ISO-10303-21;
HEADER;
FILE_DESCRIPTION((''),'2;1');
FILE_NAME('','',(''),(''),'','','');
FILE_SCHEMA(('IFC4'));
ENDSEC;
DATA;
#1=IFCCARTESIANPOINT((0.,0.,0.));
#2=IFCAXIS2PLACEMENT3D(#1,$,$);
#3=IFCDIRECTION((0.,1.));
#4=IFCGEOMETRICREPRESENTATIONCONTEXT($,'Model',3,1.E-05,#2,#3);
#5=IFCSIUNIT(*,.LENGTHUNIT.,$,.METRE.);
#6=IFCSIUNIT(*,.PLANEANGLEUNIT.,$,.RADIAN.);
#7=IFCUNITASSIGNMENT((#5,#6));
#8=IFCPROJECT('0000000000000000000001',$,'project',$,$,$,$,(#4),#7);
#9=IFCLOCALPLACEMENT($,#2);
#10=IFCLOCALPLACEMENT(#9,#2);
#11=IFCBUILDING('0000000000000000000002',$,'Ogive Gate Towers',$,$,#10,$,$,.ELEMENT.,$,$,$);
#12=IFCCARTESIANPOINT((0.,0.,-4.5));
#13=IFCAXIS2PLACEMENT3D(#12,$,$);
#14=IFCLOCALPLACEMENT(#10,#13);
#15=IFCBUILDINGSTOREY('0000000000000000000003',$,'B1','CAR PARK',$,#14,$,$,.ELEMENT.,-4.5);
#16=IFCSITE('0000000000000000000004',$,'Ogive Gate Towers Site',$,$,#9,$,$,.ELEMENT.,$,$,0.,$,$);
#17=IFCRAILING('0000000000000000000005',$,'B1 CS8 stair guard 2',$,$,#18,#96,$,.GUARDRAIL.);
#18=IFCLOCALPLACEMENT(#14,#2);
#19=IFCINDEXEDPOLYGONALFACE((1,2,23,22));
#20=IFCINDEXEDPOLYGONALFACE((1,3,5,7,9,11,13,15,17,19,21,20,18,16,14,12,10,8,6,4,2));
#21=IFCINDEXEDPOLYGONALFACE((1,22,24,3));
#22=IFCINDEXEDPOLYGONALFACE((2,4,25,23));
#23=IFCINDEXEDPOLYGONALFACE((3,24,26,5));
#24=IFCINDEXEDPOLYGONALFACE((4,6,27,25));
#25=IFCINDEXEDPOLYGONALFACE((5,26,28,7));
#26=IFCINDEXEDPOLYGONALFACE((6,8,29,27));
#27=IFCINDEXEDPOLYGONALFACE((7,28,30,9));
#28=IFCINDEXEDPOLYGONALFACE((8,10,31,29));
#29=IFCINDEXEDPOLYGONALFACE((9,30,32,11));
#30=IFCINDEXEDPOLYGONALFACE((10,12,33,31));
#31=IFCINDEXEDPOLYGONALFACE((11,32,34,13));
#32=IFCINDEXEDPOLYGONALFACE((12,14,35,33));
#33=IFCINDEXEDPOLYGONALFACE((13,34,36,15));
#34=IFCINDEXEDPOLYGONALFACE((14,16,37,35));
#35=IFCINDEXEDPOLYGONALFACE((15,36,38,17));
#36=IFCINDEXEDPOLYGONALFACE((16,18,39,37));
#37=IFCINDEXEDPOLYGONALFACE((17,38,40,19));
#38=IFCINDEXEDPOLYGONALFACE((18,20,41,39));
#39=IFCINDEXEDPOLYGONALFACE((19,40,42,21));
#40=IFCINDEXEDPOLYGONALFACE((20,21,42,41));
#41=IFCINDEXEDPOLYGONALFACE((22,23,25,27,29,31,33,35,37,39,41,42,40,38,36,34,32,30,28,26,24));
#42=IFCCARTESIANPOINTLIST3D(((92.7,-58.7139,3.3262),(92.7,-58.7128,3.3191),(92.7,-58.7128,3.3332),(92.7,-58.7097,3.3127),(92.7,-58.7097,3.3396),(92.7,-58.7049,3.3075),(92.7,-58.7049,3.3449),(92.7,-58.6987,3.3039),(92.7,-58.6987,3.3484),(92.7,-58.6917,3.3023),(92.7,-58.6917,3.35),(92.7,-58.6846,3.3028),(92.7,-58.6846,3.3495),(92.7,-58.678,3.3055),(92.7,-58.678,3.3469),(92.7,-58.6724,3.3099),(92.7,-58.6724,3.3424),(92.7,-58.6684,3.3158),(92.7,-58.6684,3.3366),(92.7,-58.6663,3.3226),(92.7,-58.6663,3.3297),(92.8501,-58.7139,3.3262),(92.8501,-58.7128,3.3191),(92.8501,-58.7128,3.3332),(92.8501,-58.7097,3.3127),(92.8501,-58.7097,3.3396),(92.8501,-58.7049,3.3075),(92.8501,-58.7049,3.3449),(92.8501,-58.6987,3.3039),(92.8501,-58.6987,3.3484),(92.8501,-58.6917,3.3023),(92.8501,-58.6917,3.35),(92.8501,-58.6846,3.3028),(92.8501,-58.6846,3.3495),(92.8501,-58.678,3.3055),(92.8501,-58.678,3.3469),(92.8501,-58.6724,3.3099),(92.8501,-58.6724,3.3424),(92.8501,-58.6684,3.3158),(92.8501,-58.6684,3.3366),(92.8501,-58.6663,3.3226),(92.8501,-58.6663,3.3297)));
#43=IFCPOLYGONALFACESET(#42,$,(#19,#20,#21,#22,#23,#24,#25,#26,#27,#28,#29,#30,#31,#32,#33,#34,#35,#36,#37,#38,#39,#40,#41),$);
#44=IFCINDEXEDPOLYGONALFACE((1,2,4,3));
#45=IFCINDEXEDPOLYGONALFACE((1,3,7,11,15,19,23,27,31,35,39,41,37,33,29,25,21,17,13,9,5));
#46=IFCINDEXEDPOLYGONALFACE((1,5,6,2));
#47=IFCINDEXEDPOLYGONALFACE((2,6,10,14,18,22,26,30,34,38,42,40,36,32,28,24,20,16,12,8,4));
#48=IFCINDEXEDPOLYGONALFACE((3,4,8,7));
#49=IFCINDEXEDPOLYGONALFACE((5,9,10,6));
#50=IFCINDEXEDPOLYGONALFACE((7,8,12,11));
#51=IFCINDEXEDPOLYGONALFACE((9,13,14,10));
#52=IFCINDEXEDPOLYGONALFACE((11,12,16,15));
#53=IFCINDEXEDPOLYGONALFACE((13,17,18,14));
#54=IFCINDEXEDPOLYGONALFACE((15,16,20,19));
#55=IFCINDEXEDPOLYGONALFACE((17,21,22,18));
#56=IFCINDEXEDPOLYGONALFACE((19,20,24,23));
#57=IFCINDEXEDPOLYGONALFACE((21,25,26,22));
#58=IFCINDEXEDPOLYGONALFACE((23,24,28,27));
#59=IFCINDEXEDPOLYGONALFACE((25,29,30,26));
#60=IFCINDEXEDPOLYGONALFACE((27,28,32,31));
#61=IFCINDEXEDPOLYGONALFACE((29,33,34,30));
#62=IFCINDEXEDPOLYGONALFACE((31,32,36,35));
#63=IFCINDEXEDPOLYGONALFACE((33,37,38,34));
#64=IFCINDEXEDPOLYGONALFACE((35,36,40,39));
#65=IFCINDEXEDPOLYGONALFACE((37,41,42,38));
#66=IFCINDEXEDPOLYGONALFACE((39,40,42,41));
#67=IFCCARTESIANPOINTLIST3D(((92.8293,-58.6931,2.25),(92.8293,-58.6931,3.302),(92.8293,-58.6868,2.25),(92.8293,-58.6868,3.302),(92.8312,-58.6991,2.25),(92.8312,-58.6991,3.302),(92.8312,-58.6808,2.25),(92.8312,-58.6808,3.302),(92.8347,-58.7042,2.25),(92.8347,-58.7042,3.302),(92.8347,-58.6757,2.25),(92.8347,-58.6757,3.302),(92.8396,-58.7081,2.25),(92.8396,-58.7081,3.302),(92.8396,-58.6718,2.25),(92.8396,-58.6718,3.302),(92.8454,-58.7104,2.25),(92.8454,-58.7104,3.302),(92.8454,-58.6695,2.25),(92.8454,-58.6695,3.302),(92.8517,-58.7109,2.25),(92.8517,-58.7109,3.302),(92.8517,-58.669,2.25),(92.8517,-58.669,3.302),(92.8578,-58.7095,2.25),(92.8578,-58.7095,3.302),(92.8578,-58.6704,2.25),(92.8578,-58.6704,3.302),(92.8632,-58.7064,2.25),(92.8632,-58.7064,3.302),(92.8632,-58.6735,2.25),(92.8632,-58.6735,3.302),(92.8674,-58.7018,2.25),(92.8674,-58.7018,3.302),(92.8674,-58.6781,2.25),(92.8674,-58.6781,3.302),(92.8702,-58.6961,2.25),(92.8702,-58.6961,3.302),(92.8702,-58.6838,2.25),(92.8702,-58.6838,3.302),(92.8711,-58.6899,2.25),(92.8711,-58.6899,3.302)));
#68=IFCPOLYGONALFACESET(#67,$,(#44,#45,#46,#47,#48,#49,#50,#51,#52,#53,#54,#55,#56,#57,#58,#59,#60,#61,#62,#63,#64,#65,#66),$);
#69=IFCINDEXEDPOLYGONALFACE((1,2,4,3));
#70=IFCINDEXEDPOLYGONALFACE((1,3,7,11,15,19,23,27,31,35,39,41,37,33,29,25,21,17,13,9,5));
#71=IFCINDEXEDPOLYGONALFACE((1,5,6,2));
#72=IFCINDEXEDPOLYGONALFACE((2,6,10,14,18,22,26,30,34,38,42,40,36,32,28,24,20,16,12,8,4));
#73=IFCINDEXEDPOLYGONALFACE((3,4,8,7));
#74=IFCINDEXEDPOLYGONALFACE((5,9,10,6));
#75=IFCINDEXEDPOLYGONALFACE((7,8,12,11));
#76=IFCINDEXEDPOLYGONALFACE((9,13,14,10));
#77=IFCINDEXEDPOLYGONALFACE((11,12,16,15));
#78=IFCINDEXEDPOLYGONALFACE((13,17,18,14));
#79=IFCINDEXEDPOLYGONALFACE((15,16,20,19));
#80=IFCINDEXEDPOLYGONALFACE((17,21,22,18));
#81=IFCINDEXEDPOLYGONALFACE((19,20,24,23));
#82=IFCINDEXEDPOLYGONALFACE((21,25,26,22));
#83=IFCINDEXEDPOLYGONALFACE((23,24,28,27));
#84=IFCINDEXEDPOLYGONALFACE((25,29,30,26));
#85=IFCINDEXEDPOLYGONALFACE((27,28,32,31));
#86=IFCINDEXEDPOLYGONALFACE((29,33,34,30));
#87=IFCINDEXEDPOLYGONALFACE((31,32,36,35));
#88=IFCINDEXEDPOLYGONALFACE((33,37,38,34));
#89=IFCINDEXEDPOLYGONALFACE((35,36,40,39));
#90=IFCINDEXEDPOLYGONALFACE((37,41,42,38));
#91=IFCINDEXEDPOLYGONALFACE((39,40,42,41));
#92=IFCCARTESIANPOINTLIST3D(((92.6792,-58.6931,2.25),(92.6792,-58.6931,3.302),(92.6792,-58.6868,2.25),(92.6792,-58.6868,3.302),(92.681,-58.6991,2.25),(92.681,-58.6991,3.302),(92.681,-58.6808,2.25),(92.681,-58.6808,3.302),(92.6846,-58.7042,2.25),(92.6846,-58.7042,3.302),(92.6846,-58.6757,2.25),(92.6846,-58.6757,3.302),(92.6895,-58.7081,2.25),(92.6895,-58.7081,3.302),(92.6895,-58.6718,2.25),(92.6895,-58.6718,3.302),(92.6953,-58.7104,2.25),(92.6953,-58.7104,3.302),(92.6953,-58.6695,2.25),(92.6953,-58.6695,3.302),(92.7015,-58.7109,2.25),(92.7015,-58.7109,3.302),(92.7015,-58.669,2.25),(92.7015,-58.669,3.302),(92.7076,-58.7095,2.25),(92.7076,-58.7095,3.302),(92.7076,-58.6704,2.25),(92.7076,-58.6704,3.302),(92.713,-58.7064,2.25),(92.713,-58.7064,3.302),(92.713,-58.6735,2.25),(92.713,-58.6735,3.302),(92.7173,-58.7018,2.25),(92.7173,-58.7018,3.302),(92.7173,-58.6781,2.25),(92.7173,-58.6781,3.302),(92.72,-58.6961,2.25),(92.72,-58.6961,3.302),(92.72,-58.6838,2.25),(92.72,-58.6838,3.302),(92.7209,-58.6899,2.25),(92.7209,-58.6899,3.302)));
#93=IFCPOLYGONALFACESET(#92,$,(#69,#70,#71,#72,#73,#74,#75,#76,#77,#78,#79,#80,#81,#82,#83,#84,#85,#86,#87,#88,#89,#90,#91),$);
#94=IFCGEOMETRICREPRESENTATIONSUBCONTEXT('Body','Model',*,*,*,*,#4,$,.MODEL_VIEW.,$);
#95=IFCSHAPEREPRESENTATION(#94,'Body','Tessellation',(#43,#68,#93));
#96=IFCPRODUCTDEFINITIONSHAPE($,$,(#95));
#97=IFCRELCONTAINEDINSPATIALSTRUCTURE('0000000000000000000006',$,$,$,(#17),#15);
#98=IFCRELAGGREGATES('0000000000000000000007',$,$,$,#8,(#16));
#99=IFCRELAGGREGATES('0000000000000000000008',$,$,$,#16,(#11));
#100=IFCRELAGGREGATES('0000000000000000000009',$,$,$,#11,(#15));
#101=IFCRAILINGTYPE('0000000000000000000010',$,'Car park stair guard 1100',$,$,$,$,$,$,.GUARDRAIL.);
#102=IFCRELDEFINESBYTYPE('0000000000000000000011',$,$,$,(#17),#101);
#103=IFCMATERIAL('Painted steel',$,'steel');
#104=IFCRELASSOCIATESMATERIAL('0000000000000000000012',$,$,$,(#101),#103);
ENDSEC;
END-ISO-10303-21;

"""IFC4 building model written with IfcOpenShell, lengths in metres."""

from ifc_helpers import new_model, si_unit, direction, frame, origin, origin_2d, place, context, subcontext, project, spatial, circle, extrude, material, type_object, element, save


model = new_model("IFC4")

# Units and contexts
model_context = context("Model", 3, precision=1e-05, world=origin(), true_north=direction((0.0, 1.0)))
body_context = subcontext(model_context, "Body", "Model", "MODEL_VIEW")
ifc_project = project(units=[si_unit("LENGTHUNIT", "METRE"), si_unit("PLANEANGLEUNIT", "RADIAN")], contexts=[model_context])

# Site, building, storey
site_placement = place(None, origin())
site = spatial("IfcSite", under=ifc_project, at=site_placement, Name="Ogive Gate Towers Site", CompositionType="ELEMENT", RefElevation=0.0)
building_placement = place(site_placement, origin())
building = spatial("IfcBuilding", under=site, at=building_placement, Name="Ogive Gate Towers", CompositionType="ELEMENT")
storey_placement = place(building_placement, frame((0.0, 0.0, -4.5)))
storey = spatial("IfcBuildingStorey", under=building, at=storey_placement, Name="B1", Description="CAR PARK", CompositionType="ELEMENT", Elevation=-4.5)

# Railing
ifc_material_1 = material(Name="Painted steel", Category="steel")
railing_type_1 = type_object("IfcRailingType", Name="Car park stair guard 1100", PredefinedType="GUARDRAIL", material=ifc_material_1)
railing_1_placement = place(storey_placement, frame((92.8501, -58.6899, 2.25)))
element("IfcRailing", 1, at=railing_1_placement, inside=storey, type_object=railing_type_1, Name="B1 CS8 stair guard 2", PredefinedType="GUARDRAIL", context=body_context, shape_type="SweptSolid", body=[
    extrude(circle(Radius=0.0239, at=origin_2d()), frame((0.0, 0.0, 1.0762), z_axis=(-1.0, 0.0, 0.0), x_axis=(0.0, -1.0, 0.0)), (0.0, 0.0, 1.0), 0.1501),
    extrude(circle(Radius=0.021, at=origin_2d()), origin(), (0.0, 0.0, 1.0), 1.052),
    extrude(circle(Radius=0.021, at=origin_2d()), frame((-0.1501, 0.0, 0.0)), (0.0, 0.0, 1.0), 1.052),
])

save(model, "model.ifc")
